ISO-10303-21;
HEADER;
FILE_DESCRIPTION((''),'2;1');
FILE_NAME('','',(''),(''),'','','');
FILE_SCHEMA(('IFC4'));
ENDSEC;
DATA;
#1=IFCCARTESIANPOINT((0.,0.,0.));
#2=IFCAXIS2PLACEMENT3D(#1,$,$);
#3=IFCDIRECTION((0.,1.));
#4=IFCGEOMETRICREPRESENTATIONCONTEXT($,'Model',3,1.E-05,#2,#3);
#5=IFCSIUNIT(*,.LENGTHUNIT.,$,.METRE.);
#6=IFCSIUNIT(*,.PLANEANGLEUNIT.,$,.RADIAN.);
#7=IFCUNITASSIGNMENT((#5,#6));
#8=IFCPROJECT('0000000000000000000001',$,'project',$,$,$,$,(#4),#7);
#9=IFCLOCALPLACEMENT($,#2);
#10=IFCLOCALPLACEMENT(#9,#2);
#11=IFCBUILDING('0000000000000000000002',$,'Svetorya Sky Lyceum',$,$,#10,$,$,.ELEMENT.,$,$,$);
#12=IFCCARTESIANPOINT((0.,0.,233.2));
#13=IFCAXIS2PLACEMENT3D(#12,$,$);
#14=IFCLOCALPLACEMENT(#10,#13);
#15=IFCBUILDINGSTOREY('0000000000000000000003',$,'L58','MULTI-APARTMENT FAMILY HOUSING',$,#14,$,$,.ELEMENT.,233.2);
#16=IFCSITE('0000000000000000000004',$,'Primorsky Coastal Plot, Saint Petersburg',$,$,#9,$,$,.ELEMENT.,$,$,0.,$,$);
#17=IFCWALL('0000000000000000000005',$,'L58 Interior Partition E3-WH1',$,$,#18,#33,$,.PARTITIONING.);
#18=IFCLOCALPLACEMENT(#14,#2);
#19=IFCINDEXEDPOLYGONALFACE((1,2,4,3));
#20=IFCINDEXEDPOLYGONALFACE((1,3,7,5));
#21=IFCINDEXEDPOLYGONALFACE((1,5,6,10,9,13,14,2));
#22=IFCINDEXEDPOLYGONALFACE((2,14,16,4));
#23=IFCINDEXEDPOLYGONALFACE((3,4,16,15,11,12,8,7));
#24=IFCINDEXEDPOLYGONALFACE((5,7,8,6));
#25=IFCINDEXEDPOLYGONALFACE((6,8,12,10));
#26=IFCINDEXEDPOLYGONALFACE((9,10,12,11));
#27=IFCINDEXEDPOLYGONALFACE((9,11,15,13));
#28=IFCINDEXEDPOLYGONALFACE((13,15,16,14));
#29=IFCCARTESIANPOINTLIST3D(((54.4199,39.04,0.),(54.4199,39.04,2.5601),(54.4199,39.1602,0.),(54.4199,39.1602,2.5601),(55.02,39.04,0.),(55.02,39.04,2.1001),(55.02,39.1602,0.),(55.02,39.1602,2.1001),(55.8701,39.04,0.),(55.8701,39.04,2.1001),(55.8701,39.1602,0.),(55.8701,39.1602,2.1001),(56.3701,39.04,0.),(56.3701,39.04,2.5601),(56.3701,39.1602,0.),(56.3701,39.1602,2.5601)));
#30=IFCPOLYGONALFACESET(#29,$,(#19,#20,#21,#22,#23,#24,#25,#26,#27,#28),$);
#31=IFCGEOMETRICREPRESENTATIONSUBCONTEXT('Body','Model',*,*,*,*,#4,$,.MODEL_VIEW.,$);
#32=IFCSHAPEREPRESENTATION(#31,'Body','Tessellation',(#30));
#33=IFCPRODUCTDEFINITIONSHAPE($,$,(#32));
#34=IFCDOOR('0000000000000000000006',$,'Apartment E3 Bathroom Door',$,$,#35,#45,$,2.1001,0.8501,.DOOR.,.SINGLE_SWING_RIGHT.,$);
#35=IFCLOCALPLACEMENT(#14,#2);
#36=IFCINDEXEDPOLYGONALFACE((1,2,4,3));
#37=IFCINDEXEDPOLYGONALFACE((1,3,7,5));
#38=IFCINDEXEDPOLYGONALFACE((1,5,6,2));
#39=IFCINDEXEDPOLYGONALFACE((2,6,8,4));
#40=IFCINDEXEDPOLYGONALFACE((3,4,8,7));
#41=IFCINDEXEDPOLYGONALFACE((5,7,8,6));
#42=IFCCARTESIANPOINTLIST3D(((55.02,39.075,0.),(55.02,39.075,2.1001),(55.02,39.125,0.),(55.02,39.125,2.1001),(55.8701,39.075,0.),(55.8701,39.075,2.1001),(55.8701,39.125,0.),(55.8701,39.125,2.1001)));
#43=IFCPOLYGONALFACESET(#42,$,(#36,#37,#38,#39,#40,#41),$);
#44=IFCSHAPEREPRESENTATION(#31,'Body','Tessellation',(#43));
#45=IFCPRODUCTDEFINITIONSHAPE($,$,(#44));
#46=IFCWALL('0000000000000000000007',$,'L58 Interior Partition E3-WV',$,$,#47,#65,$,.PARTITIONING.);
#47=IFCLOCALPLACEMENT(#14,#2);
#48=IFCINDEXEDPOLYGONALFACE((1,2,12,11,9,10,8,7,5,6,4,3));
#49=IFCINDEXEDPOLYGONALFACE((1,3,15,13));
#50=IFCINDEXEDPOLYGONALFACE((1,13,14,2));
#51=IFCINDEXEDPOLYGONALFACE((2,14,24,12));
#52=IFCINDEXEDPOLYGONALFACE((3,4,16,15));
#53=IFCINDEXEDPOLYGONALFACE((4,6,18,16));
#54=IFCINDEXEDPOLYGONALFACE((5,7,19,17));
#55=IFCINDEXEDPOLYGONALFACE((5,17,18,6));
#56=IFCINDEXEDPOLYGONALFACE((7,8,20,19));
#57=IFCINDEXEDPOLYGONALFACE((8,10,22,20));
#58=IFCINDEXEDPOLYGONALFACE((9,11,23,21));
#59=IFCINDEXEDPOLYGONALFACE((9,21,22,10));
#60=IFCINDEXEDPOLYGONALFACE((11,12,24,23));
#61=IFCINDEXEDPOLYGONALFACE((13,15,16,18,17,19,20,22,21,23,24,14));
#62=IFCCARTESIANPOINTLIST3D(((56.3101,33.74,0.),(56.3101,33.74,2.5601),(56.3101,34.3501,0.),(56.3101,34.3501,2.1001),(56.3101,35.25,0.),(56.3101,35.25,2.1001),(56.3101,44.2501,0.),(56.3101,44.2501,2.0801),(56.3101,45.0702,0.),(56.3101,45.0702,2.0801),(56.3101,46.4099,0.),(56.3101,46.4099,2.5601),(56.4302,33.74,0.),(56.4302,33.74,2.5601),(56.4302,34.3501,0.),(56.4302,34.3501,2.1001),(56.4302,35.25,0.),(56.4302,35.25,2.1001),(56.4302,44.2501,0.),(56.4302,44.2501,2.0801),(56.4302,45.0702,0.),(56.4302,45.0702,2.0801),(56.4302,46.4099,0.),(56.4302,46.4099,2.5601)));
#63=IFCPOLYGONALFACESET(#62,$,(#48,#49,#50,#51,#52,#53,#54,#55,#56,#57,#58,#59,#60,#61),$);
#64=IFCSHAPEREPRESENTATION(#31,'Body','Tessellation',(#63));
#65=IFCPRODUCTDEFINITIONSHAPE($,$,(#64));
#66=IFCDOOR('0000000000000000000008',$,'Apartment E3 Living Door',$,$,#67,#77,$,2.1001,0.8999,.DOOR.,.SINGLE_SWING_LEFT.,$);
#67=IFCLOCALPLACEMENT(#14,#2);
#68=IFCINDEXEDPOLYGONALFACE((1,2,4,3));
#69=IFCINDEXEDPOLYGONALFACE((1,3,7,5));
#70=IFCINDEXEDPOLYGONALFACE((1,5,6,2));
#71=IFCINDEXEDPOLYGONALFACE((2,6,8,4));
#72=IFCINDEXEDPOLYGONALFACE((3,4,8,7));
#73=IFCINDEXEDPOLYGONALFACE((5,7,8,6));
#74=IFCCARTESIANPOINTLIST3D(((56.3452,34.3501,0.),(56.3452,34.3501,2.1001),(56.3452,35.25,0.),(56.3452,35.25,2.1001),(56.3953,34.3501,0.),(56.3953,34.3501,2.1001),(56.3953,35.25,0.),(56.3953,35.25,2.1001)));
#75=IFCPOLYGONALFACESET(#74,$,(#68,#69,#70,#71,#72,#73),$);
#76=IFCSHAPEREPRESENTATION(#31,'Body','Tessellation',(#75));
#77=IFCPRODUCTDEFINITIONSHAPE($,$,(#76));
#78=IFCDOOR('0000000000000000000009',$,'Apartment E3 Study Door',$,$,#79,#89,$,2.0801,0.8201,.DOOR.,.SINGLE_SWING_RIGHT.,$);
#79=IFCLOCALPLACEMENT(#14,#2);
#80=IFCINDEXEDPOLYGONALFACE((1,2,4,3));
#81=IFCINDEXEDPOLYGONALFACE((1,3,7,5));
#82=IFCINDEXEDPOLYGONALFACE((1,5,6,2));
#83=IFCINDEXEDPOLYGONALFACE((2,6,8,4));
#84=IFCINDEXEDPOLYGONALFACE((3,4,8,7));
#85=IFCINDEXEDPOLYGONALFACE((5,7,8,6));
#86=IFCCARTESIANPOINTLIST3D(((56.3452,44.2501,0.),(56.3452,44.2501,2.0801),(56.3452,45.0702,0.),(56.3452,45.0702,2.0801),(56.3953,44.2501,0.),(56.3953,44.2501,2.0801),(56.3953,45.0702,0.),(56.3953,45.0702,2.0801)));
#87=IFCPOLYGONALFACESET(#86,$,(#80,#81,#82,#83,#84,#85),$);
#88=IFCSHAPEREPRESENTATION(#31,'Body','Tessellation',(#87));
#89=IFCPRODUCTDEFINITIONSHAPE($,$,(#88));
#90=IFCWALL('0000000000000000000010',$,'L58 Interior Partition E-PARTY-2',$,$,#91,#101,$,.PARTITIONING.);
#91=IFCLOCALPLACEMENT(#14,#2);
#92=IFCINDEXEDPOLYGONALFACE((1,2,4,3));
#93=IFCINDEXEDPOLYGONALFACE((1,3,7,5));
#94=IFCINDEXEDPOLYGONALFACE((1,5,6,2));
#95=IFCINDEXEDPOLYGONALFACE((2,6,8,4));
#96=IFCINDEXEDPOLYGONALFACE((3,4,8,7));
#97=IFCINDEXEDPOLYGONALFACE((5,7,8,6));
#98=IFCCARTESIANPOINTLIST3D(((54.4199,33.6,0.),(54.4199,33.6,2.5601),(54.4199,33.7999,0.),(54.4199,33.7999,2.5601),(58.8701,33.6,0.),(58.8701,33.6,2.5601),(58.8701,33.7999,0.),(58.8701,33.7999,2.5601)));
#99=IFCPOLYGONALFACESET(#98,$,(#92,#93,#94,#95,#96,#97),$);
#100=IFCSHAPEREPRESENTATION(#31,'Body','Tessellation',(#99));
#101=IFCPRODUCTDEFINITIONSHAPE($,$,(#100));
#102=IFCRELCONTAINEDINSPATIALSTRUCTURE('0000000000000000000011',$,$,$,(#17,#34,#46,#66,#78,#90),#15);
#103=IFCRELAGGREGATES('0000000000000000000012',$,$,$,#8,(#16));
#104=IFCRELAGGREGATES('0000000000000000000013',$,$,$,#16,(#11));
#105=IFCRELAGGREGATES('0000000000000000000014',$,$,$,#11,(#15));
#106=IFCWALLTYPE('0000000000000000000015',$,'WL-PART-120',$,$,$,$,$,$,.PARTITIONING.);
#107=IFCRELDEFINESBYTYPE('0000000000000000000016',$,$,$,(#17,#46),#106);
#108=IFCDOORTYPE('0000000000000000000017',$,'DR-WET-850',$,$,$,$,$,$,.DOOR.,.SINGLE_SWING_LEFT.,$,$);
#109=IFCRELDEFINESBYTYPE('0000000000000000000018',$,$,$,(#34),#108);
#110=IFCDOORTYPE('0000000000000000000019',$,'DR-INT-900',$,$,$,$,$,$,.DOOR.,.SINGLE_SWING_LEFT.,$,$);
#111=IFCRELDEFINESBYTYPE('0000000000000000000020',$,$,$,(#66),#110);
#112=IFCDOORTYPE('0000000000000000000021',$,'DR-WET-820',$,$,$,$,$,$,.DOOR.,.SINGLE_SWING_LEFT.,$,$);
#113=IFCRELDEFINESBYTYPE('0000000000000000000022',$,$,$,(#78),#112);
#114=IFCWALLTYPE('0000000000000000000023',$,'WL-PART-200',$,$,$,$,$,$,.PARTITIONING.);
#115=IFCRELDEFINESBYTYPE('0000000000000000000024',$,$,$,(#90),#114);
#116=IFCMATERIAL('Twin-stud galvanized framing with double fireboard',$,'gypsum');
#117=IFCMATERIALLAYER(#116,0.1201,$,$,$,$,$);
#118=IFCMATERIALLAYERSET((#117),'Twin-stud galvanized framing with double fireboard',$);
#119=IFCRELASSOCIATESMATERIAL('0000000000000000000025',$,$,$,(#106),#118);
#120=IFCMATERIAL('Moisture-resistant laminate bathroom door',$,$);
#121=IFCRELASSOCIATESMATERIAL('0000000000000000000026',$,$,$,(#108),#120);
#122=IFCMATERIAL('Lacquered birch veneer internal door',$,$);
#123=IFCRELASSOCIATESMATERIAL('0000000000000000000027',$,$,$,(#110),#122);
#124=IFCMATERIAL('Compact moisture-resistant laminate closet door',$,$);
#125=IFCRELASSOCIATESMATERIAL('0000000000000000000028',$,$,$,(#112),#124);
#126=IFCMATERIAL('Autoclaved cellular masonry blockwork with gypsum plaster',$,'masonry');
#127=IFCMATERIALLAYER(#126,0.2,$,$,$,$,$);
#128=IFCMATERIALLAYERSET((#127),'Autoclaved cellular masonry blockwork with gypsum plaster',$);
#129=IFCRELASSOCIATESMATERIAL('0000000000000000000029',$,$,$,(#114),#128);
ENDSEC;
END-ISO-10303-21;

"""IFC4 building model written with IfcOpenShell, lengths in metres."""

from ifc_helpers import new_model, si_unit, direction, frame, frame_2d, origin, place, context, subcontext, project, spatial, rectangle, extrude, material, layer, layer_set, type_object, element, fill, save


model = new_model("IFC4")

# Units and contexts
model_context = context("Model", 3, precision=1e-05, world=origin(), true_north=direction((0.0, 1.0)))
body_context = subcontext(model_context, "Body", "Model", "MODEL_VIEW")
ifc_project = project(units=[si_unit("LENGTHUNIT", "METRE"), si_unit("PLANEANGLEUNIT", "RADIAN")], contexts=[model_context])

# Site, building, storey
site_placement = place(None, origin())
site = spatial("IfcSite", under=ifc_project, at=site_placement, Name="Primorsky Coastal Plot, Saint Petersburg", CompositionType="ELEMENT", RefElevation=0.0)
building_placement = place(site_placement, origin())
building = spatial("IfcBuilding", under=site, at=building_placement, Name="Svetorya Sky Lyceum", CompositionType="ELEMENT")
storey_placement = place(building_placement, frame((0.0, 0.0, 233.2)))
storey = spatial("IfcBuildingStorey", under=building, at=storey_placement, Name="L58", Description="MULTI-APARTMENT FAMILY HOUSING", CompositionType="ELEMENT", Elevation=233.2)

# Wall, opening, door
ifc_material_1 = material(Name="Twin-stud galvanized framing with double fireboard", Category="gypsum")
ifc_layer_1 = layer(ifc_material_1, 0.1201)
ifc_layer_set_1 = layer_set([ifc_layer_1], Name="Twin-stud galvanized framing with double fireboard")
wall_type_1 = type_object("IfcWallType", Name="WL-PART-120", PredefinedType="PARTITIONING", material=ifc_layer_set_1)
wall_1_placement = place(storey_placement, frame((54.4199, 39.1001, 0.0), z_axis=(0.0, 0.0, 1.0), x_axis=(1.0, 0.0, 0.0)))
wall_1 = element("IfcWall", 1, at=wall_1_placement, inside=storey, type_object=wall_type_1, Name="L58 Interior Partition E3-WH1", PredefinedType="PARTITIONING", context=body_context, shape_type="SweptSolid", body=[
    extrude(rectangle(XDim=1.9502, YDim=0.1201, at=frame_2d((0.9751, 0.0))), origin(), (0.0, 0.0, 1.0), 2.5601),
])
opening_1_placement = place(wall_1_placement, frame((0.6001, 0.0, 0.0)))
opening_1 = element("IfcOpeningElement", 2, at=opening_1_placement, cuts=wall_1, PredefinedType="OPENING", context=body_context, shape_type="SweptSolid", body=[
    extrude(rectangle(XDim=0.8501, YDim=2.1001, at=frame_2d((0.425, 1.05))), frame((0.0, 0.0701, 0.0), z_axis=(0.0, -1.0, 0.0), x_axis=(1.0, 0.0, 0.0)), (0.0, 0.0, 1.0), 0.1401),
])
ifc_material_2 = material(Name="Moisture-resistant laminate bathroom door")
door_type_1 = type_object("IfcDoorType", Name="DR-WET-850", OperationType="SINGLE_SWING_LEFT", PredefinedType="DOOR", material=ifc_material_2)
door_1_placement = place(opening_1_placement, origin())
door_1 = element("IfcDoor", 3, at=door_1_placement, inside=storey, type_object=door_type_1, Name="Apartment E3 Bathroom Door", OperationType="SINGLE_SWING_RIGHT", OverallHeight=2.1001, OverallWidth=0.8501, PredefinedType="DOOR", context=body_context, shape_type="SweptSolid", body=[
    extrude(rectangle(XDim=0.8501, YDim=2.1001, at=frame_2d((0.425, 1.05))), frame((0.0, 0.0249, 0.0), z_axis=(0.0, -1.0, 0.0), x_axis=(1.0, 0.0, 0.0)), (0.0, 0.0, 1.0), 0.05),
])
fill(opening_1, door_1)

# Wall, openings, doors
wall_2_placement = place(storey_placement, frame((56.3701, 33.74, 0.0), z_axis=(0.0, 0.0, 1.0), x_axis=(0.0, 1.0, 0.0)))
wall_2 = element("IfcWall", 4, at=wall_2_placement, inside=storey, type_object=wall_type_1, Name="L58 Interior Partition E3-WV", PredefinedType="PARTITIONING", context=body_context, shape_type="SweptSolid", body=[
    extrude(rectangle(XDim=12.6699, YDim=0.1201, at=frame_2d((6.335, 0.0))), origin(), (0.0, 0.0, 1.0), 2.5601),
])
opening_2_placement = place(wall_2_placement, frame((0.6101, 0.0, 0.0)))
opening_2 = element("IfcOpeningElement", 5, at=opening_2_placement, cuts=wall_2, PredefinedType="OPENING", context=body_context, shape_type="SweptSolid", body=[
    extrude(rectangle(XDim=0.8999, YDim=2.1001, at=frame_2d((0.45, 1.05))), frame((0.0, 0.0701, 0.0), z_axis=(0.0, -1.0, 0.0), x_axis=(1.0, 0.0, 0.0)), (0.0, 0.0, 1.0), 0.1401),
])
opening_3_placement = place(wall_2_placement, frame((10.51, 0.0, 0.0)))
opening_3 = element("IfcOpeningElement", 6, at=opening_3_placement, cuts=wall_2, PredefinedType="OPENING", context=body_context, shape_type="SweptSolid", body=[
    extrude(rectangle(XDim=0.8201, YDim=2.0801, at=frame_2d((0.4102, 1.04))), frame((0.0, 0.0701, 0.0), z_axis=(0.0, -1.0, 0.0), x_axis=(1.0, 0.0, 0.0)), (0.0, 0.0, 1.0), 0.1401),
])
ifc_material_3 = material(Name="Lacquered birch veneer internal door")
door_type_2 = type_object("IfcDoorType", Name="DR-INT-900", OperationType="SINGLE_SWING_LEFT", PredefinedType="DOOR", material=ifc_material_3)
door_2_placement = place(opening_2_placement, origin())
door_2 = element("IfcDoor", 7, at=door_2_placement, inside=storey, type_object=door_type_2, Name="Apartment E3 Living Door", OperationType="SINGLE_SWING_LEFT", OverallHeight=2.1001, OverallWidth=0.8999, PredefinedType="DOOR", context=body_context, shape_type="SweptSolid", body=[
    extrude(rectangle(XDim=0.8999, YDim=2.1001, at=frame_2d((0.45, 1.05))), frame((0.0, 0.0249, 0.0), z_axis=(0.0, -1.0, 0.0), x_axis=(1.0, 0.0, 0.0)), (0.0, 0.0, 1.0), 0.05),
])
fill(opening_2, door_2)
ifc_material_4 = material(Name="Compact moisture-resistant laminate closet door")
door_type_3 = type_object("IfcDoorType", Name="DR-WET-820", OperationType="SINGLE_SWING_LEFT", PredefinedType="DOOR", material=ifc_material_4)
door_3_placement = place(opening_3_placement, origin())
door_3 = element("IfcDoor", 8, at=door_3_placement, inside=storey, type_object=door_type_3, Name="Apartment E3 Study Door", OperationType="SINGLE_SWING_RIGHT", OverallHeight=2.0801, OverallWidth=0.8201, PredefinedType="DOOR", context=body_context, shape_type="SweptSolid", body=[
    extrude(rectangle(XDim=0.8201, YDim=2.0801, at=frame_2d((0.4102, 1.04))), frame((0.0, 0.0249, 0.0), z_axis=(0.0, -1.0, 0.0), x_axis=(1.0, 0.0, 0.0)), (0.0, 0.0, 1.0), 0.05),
])
fill(opening_3, door_3)

# Wall
ifc_material_5 = material(Name="Autoclaved cellular masonry blockwork with gypsum plaster", Category="masonry")
ifc_layer_2 = layer(ifc_material_5, 0.2)
ifc_layer_set_2 = layer_set([ifc_layer_2], Name="Autoclaved cellular masonry blockwork with gypsum plaster")
wall_type_2 = type_object("IfcWallType", Name="WL-PART-200", PredefinedType="PARTITIONING", material=ifc_layer_set_2)
wall_3_placement = place(storey_placement, frame((54.4199, 33.7, 0.0), z_axis=(0.0, 0.0, 1.0), x_axis=(1.0, 0.0, 0.0)))
element("IfcWall", 9, at=wall_3_placement, inside=storey, type_object=wall_type_2, Name="L58 Interior Partition E-PARTY-2", PredefinedType="PARTITIONING", context=body_context, shape_type="SweptSolid", body=[
    extrude(rectangle(XDim=4.4502, YDim=0.2, at=frame_2d((2.2251, 0.0))), origin(), (0.0, 0.0, 1.0), 2.5601),
])

save(model, "model.ifc")
